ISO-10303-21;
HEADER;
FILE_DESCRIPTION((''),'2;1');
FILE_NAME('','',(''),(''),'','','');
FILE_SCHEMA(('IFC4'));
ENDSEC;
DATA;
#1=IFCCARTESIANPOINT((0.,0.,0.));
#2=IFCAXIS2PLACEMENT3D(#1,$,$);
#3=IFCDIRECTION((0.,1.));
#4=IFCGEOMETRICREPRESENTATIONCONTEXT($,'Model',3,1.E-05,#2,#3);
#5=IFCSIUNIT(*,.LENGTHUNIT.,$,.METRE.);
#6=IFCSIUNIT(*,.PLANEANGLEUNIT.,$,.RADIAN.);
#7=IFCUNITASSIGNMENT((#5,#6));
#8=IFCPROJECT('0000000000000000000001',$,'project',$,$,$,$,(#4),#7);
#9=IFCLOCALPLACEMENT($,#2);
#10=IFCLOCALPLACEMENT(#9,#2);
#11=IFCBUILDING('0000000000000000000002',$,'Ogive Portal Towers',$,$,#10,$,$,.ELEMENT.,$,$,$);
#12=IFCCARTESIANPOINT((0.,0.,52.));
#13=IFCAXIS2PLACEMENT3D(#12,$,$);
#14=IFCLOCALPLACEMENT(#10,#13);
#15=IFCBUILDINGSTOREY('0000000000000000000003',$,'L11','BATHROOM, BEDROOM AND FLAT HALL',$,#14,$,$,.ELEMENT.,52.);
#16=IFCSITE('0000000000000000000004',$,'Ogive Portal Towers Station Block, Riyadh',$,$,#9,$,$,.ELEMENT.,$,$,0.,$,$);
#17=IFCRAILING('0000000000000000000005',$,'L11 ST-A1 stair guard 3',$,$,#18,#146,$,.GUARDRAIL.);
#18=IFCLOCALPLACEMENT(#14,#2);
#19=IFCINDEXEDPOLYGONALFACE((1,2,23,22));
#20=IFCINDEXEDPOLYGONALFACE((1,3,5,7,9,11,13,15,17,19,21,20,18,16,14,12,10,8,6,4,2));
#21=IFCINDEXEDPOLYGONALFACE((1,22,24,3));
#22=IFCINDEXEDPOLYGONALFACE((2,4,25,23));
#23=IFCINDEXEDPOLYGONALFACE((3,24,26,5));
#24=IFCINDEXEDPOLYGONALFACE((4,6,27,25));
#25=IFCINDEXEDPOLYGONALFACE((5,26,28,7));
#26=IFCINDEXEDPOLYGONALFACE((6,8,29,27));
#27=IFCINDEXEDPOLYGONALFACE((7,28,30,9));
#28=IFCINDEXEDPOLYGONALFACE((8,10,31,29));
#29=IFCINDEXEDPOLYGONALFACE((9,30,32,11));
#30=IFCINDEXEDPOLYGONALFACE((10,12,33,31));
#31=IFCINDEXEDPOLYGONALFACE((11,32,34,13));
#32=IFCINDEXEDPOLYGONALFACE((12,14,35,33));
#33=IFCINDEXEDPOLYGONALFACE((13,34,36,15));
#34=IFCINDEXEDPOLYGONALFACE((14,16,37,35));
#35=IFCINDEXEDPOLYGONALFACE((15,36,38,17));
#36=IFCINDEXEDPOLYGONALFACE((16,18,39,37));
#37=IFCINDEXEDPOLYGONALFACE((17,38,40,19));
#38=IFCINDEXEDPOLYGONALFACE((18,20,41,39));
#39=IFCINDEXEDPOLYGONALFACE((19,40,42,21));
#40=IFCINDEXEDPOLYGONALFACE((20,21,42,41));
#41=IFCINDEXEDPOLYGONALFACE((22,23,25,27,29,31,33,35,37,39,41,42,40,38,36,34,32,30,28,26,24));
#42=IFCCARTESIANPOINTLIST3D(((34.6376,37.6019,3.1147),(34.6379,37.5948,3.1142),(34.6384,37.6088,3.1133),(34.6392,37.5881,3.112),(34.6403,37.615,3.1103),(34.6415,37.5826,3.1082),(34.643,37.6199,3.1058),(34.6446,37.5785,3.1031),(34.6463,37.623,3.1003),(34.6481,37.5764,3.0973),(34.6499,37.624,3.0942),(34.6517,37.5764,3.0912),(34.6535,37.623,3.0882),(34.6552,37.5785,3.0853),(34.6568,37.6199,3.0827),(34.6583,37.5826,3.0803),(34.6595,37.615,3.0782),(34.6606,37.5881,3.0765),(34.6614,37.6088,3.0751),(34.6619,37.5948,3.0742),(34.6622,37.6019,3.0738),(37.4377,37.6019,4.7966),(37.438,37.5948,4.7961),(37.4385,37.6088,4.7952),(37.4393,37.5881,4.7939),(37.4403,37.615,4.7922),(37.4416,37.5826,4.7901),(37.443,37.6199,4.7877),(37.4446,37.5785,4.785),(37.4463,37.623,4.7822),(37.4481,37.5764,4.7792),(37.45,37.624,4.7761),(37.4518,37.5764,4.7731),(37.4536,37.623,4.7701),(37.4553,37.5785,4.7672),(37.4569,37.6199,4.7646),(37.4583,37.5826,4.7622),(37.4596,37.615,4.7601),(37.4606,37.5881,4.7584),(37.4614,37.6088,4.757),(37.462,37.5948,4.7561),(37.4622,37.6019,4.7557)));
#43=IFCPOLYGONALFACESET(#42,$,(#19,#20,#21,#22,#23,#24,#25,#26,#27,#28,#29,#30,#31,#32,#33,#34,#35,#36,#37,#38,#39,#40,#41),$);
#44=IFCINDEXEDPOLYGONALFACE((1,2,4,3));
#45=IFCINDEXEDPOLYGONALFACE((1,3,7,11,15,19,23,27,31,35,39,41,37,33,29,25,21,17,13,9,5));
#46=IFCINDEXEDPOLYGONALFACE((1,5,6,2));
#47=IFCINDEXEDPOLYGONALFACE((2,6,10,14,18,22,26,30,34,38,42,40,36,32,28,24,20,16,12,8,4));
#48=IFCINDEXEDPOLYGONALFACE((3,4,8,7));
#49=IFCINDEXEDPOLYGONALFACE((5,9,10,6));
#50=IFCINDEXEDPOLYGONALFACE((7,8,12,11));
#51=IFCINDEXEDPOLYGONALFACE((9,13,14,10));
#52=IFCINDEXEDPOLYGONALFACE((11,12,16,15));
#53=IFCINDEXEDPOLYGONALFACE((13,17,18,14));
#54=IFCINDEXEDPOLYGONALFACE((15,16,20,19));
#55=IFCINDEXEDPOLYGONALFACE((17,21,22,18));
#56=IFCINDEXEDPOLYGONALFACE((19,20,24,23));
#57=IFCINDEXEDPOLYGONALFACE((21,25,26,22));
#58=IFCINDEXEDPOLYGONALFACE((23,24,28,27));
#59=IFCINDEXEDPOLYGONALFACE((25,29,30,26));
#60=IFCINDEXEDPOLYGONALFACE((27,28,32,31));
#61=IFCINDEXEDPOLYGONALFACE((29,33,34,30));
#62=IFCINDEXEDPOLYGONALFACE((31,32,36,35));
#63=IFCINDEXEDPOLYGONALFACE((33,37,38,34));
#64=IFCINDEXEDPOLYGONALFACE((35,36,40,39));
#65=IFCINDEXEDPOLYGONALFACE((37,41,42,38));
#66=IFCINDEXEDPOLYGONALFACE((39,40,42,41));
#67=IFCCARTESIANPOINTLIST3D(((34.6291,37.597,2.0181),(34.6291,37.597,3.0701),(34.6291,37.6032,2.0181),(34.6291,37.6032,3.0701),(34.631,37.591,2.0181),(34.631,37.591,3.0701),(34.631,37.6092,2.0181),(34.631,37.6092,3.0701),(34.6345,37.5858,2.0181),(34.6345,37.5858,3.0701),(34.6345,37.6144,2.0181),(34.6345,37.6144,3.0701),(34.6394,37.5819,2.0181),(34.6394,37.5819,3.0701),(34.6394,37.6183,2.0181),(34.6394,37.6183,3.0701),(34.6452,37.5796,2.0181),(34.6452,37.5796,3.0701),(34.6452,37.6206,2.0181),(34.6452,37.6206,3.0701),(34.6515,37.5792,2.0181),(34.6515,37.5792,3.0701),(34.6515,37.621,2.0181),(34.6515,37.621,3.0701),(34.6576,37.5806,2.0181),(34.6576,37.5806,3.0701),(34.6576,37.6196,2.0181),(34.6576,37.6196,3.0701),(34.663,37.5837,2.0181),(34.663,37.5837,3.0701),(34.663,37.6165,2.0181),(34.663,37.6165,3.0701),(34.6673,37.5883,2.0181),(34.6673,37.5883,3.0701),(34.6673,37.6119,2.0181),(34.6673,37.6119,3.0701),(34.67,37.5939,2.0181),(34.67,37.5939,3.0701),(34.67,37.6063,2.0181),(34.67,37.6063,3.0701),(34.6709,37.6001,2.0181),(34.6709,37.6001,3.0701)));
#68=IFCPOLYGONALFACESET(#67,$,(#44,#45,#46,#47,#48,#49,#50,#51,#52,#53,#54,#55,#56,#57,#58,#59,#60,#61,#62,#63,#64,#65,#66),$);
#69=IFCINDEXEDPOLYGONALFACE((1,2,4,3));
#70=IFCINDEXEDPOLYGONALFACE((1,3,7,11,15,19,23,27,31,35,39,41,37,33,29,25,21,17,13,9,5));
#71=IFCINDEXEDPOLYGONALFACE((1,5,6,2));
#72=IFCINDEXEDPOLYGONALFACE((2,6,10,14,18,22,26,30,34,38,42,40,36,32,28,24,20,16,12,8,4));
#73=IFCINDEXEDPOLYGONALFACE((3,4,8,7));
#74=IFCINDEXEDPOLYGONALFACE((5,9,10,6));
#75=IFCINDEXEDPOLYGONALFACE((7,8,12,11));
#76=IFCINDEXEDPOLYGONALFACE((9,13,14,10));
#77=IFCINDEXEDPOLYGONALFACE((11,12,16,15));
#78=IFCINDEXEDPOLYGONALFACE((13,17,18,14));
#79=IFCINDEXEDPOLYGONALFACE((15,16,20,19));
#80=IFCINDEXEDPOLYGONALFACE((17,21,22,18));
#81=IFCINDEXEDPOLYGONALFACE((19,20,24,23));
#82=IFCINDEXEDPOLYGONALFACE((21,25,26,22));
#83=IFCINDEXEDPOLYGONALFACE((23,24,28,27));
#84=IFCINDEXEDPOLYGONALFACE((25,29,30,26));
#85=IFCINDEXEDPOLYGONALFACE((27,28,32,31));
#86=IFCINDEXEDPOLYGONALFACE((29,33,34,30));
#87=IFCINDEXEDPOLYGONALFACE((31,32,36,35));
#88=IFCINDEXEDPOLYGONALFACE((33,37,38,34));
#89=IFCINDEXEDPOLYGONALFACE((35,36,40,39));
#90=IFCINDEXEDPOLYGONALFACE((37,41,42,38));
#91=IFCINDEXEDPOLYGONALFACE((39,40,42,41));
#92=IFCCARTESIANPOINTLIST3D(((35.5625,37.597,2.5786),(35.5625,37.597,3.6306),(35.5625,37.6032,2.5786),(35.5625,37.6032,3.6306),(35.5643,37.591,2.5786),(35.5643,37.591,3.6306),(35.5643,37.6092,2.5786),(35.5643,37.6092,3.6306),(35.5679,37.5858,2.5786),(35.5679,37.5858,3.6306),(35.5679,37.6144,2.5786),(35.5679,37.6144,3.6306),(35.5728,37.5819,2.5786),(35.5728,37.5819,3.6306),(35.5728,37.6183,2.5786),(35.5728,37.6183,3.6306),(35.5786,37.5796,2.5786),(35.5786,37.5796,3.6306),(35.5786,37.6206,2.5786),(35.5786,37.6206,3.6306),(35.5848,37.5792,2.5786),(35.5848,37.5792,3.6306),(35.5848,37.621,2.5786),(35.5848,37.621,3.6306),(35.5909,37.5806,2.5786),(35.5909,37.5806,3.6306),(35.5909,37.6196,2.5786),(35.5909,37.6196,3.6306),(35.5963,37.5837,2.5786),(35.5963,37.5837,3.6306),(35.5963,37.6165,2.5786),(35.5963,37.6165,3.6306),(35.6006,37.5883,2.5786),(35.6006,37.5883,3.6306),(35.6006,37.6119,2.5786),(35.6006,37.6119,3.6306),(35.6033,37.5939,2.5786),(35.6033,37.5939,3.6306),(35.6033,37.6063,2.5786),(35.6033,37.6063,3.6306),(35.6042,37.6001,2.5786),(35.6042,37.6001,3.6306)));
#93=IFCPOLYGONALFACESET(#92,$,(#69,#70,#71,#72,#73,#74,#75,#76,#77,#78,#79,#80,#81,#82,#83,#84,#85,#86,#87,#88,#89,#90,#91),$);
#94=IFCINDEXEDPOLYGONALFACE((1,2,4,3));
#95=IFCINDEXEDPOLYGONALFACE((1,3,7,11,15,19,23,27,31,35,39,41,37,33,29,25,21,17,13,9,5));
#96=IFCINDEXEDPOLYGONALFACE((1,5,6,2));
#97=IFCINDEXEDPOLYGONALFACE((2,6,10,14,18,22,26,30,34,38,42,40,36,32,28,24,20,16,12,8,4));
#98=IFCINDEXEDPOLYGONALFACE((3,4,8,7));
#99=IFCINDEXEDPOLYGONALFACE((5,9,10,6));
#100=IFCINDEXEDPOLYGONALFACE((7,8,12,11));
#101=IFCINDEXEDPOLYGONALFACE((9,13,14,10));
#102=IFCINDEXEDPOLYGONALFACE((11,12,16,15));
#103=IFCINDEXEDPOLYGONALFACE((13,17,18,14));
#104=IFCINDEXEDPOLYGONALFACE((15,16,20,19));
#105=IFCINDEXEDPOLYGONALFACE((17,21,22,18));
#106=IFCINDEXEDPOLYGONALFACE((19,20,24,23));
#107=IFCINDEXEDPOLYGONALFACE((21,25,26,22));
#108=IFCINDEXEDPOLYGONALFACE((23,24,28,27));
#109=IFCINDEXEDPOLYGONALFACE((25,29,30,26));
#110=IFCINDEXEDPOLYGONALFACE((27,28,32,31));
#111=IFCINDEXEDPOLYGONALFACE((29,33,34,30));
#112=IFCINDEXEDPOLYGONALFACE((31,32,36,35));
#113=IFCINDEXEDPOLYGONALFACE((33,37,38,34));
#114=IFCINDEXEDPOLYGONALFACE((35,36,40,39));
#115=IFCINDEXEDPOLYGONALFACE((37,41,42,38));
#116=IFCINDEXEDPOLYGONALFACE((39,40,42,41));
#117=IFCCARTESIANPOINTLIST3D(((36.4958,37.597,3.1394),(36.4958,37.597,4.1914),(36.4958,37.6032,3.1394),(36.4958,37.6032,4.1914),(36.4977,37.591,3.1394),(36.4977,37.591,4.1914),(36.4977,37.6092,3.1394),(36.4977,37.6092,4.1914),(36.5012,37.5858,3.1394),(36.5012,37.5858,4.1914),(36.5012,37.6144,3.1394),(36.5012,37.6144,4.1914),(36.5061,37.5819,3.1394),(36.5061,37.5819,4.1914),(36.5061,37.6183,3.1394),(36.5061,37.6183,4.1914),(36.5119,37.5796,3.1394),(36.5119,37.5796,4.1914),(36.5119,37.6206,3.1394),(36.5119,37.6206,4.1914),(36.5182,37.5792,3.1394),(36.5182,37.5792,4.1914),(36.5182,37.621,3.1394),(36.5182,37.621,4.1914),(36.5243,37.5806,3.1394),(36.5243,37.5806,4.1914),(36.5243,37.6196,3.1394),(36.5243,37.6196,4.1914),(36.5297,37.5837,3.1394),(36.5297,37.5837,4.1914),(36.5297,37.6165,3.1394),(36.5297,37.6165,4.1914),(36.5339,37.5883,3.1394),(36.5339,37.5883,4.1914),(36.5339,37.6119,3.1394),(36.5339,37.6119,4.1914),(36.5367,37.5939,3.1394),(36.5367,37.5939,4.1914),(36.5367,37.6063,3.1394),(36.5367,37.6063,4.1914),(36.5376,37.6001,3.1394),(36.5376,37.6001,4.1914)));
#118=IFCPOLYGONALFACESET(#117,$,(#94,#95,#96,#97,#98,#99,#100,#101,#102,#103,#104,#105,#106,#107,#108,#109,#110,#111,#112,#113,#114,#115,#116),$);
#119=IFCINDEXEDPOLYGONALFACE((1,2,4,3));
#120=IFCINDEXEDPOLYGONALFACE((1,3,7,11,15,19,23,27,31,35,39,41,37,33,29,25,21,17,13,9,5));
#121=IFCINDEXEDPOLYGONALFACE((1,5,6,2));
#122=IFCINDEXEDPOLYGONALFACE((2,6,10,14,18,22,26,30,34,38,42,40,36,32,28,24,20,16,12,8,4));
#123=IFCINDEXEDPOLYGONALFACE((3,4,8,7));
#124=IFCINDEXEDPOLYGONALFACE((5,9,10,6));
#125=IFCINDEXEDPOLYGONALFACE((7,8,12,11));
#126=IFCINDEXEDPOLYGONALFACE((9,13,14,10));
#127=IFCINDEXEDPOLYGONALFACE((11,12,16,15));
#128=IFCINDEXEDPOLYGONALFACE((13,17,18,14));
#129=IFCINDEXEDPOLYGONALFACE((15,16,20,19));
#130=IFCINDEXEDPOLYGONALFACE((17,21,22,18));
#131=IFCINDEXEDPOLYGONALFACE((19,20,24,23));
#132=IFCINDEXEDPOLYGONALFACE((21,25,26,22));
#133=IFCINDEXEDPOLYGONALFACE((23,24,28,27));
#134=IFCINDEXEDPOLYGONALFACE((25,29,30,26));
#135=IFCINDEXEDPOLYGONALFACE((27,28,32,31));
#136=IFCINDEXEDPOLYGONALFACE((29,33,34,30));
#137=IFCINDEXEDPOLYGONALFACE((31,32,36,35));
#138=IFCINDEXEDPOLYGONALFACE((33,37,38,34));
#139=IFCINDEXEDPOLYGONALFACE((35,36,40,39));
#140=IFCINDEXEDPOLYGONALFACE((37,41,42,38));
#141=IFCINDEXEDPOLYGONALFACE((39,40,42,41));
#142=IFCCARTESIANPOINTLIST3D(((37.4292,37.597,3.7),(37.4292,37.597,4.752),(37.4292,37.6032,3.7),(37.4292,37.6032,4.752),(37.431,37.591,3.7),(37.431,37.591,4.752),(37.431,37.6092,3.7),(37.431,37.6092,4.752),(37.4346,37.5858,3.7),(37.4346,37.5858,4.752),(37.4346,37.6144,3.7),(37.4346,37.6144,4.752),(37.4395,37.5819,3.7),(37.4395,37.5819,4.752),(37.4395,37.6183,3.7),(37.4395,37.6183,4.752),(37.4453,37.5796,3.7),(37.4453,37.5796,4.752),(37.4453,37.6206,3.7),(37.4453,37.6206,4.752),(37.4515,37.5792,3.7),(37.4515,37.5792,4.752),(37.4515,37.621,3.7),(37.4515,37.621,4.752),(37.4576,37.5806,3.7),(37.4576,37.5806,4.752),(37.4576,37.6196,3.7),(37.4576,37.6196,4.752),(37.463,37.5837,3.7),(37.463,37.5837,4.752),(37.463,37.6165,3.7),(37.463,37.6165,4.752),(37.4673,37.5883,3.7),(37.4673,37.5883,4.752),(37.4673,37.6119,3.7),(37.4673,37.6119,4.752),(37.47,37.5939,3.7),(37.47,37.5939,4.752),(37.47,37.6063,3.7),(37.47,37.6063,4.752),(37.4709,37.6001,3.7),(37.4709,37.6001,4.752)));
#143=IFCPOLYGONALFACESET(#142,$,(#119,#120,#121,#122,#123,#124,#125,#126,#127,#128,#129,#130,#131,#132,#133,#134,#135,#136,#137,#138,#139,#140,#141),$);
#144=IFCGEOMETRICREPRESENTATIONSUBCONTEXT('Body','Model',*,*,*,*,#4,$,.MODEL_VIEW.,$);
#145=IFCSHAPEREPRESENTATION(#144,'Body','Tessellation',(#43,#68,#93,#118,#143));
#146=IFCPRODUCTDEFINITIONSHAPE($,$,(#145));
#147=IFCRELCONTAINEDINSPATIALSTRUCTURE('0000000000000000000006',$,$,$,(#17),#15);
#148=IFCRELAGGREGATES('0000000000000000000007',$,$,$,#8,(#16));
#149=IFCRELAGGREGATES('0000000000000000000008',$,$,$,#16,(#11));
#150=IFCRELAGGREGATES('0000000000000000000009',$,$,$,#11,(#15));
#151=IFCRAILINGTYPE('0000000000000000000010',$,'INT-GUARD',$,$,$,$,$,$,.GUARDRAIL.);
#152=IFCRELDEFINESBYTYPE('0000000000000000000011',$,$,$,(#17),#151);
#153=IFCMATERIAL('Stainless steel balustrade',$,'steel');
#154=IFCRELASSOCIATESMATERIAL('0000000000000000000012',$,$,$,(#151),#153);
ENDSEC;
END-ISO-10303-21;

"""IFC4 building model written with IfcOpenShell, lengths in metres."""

from ifc_helpers import new_model, si_unit, direction, frame, origin, origin_2d, place, context, subcontext, project, spatial, circle, extrude, material, type_object, element, save


model = new_model("IFC4")

# Units and contexts
model_context = context("Model", 3, precision=1e-05, world=origin(), true_north=direction((0.0, 1.0)))
body_context = subcontext(model_context, "Body", "Model", "MODEL_VIEW")
ifc_project = project(units=[si_unit("LENGTHUNIT", "METRE"), si_unit("PLANEANGLEUNIT", "RADIAN")], contexts=[model_context])

# Site, building, storey
site_placement = place(None, origin())
site = spatial("IfcSite", under=ifc_project, at=site_placement, Name="Ogive Portal Towers Station Block, Riyadh", CompositionType="ELEMENT", RefElevation=0.0)
building_placement = place(site_placement, origin())
building = spatial("IfcBuilding", under=site, at=building_placement, Name="Ogive Portal Towers", CompositionType="ELEMENT")
storey_placement = place(building_placement, frame((0.0, 0.0, 52.0)))
storey = spatial("IfcBuildingStorey", under=building, at=storey_placement, Name="L11", Description="BATHROOM, BEDROOM AND FLAT HALL", CompositionType="ELEMENT", Elevation=52.0)

# Railing
ifc_material_1 = material(Name="Stainless steel balustrade", Category="steel")
railing_type_1 = type_object("IfcRailingType", Name="INT-GUARD", PredefinedType="GUARDRAIL", material=ifc_material_1)
railing_1_placement = place(storey_placement, frame((34.6499, 37.6001, 2.0181)))
element("IfcRailing", 1, at=railing_1_placement, inside=storey, type_object=railing_type_1, Name="L11 ST-A1 stair guard 3", PredefinedType="GUARDRAIL", context=body_context, shape_type="SweptSolid", body=[
    extrude(circle(Radius=0.0239, at=origin_2d()), frame((0.0, 0.0, 1.0762), z_axis=(0.857242, 0.0, 0.514913), x_axis=(0.0, 1.0, 0.0)), (0.0, 0.0, 1.0), 3.2664),
    extrude(circle(Radius=0.021, at=origin_2d()), origin(), (0.0, 0.0, 1.0), 1.052),
    extrude(circle(Radius=0.021, at=origin_2d()), frame((0.9333, 0.0, 0.5605)), (0.0, 0.0, 1.0), 1.052),
    extrude(circle(Radius=0.021, at=origin_2d()), frame((1.8667, 0.0, 1.1213)), (0.0, 0.0, 1.0), 1.052),
    extrude(circle(Radius=0.021, at=origin_2d()), frame((2.8, 0.0, 1.6819)), (0.0, 0.0, 1.0), 1.052),
])

save(model, "model.ifc")
